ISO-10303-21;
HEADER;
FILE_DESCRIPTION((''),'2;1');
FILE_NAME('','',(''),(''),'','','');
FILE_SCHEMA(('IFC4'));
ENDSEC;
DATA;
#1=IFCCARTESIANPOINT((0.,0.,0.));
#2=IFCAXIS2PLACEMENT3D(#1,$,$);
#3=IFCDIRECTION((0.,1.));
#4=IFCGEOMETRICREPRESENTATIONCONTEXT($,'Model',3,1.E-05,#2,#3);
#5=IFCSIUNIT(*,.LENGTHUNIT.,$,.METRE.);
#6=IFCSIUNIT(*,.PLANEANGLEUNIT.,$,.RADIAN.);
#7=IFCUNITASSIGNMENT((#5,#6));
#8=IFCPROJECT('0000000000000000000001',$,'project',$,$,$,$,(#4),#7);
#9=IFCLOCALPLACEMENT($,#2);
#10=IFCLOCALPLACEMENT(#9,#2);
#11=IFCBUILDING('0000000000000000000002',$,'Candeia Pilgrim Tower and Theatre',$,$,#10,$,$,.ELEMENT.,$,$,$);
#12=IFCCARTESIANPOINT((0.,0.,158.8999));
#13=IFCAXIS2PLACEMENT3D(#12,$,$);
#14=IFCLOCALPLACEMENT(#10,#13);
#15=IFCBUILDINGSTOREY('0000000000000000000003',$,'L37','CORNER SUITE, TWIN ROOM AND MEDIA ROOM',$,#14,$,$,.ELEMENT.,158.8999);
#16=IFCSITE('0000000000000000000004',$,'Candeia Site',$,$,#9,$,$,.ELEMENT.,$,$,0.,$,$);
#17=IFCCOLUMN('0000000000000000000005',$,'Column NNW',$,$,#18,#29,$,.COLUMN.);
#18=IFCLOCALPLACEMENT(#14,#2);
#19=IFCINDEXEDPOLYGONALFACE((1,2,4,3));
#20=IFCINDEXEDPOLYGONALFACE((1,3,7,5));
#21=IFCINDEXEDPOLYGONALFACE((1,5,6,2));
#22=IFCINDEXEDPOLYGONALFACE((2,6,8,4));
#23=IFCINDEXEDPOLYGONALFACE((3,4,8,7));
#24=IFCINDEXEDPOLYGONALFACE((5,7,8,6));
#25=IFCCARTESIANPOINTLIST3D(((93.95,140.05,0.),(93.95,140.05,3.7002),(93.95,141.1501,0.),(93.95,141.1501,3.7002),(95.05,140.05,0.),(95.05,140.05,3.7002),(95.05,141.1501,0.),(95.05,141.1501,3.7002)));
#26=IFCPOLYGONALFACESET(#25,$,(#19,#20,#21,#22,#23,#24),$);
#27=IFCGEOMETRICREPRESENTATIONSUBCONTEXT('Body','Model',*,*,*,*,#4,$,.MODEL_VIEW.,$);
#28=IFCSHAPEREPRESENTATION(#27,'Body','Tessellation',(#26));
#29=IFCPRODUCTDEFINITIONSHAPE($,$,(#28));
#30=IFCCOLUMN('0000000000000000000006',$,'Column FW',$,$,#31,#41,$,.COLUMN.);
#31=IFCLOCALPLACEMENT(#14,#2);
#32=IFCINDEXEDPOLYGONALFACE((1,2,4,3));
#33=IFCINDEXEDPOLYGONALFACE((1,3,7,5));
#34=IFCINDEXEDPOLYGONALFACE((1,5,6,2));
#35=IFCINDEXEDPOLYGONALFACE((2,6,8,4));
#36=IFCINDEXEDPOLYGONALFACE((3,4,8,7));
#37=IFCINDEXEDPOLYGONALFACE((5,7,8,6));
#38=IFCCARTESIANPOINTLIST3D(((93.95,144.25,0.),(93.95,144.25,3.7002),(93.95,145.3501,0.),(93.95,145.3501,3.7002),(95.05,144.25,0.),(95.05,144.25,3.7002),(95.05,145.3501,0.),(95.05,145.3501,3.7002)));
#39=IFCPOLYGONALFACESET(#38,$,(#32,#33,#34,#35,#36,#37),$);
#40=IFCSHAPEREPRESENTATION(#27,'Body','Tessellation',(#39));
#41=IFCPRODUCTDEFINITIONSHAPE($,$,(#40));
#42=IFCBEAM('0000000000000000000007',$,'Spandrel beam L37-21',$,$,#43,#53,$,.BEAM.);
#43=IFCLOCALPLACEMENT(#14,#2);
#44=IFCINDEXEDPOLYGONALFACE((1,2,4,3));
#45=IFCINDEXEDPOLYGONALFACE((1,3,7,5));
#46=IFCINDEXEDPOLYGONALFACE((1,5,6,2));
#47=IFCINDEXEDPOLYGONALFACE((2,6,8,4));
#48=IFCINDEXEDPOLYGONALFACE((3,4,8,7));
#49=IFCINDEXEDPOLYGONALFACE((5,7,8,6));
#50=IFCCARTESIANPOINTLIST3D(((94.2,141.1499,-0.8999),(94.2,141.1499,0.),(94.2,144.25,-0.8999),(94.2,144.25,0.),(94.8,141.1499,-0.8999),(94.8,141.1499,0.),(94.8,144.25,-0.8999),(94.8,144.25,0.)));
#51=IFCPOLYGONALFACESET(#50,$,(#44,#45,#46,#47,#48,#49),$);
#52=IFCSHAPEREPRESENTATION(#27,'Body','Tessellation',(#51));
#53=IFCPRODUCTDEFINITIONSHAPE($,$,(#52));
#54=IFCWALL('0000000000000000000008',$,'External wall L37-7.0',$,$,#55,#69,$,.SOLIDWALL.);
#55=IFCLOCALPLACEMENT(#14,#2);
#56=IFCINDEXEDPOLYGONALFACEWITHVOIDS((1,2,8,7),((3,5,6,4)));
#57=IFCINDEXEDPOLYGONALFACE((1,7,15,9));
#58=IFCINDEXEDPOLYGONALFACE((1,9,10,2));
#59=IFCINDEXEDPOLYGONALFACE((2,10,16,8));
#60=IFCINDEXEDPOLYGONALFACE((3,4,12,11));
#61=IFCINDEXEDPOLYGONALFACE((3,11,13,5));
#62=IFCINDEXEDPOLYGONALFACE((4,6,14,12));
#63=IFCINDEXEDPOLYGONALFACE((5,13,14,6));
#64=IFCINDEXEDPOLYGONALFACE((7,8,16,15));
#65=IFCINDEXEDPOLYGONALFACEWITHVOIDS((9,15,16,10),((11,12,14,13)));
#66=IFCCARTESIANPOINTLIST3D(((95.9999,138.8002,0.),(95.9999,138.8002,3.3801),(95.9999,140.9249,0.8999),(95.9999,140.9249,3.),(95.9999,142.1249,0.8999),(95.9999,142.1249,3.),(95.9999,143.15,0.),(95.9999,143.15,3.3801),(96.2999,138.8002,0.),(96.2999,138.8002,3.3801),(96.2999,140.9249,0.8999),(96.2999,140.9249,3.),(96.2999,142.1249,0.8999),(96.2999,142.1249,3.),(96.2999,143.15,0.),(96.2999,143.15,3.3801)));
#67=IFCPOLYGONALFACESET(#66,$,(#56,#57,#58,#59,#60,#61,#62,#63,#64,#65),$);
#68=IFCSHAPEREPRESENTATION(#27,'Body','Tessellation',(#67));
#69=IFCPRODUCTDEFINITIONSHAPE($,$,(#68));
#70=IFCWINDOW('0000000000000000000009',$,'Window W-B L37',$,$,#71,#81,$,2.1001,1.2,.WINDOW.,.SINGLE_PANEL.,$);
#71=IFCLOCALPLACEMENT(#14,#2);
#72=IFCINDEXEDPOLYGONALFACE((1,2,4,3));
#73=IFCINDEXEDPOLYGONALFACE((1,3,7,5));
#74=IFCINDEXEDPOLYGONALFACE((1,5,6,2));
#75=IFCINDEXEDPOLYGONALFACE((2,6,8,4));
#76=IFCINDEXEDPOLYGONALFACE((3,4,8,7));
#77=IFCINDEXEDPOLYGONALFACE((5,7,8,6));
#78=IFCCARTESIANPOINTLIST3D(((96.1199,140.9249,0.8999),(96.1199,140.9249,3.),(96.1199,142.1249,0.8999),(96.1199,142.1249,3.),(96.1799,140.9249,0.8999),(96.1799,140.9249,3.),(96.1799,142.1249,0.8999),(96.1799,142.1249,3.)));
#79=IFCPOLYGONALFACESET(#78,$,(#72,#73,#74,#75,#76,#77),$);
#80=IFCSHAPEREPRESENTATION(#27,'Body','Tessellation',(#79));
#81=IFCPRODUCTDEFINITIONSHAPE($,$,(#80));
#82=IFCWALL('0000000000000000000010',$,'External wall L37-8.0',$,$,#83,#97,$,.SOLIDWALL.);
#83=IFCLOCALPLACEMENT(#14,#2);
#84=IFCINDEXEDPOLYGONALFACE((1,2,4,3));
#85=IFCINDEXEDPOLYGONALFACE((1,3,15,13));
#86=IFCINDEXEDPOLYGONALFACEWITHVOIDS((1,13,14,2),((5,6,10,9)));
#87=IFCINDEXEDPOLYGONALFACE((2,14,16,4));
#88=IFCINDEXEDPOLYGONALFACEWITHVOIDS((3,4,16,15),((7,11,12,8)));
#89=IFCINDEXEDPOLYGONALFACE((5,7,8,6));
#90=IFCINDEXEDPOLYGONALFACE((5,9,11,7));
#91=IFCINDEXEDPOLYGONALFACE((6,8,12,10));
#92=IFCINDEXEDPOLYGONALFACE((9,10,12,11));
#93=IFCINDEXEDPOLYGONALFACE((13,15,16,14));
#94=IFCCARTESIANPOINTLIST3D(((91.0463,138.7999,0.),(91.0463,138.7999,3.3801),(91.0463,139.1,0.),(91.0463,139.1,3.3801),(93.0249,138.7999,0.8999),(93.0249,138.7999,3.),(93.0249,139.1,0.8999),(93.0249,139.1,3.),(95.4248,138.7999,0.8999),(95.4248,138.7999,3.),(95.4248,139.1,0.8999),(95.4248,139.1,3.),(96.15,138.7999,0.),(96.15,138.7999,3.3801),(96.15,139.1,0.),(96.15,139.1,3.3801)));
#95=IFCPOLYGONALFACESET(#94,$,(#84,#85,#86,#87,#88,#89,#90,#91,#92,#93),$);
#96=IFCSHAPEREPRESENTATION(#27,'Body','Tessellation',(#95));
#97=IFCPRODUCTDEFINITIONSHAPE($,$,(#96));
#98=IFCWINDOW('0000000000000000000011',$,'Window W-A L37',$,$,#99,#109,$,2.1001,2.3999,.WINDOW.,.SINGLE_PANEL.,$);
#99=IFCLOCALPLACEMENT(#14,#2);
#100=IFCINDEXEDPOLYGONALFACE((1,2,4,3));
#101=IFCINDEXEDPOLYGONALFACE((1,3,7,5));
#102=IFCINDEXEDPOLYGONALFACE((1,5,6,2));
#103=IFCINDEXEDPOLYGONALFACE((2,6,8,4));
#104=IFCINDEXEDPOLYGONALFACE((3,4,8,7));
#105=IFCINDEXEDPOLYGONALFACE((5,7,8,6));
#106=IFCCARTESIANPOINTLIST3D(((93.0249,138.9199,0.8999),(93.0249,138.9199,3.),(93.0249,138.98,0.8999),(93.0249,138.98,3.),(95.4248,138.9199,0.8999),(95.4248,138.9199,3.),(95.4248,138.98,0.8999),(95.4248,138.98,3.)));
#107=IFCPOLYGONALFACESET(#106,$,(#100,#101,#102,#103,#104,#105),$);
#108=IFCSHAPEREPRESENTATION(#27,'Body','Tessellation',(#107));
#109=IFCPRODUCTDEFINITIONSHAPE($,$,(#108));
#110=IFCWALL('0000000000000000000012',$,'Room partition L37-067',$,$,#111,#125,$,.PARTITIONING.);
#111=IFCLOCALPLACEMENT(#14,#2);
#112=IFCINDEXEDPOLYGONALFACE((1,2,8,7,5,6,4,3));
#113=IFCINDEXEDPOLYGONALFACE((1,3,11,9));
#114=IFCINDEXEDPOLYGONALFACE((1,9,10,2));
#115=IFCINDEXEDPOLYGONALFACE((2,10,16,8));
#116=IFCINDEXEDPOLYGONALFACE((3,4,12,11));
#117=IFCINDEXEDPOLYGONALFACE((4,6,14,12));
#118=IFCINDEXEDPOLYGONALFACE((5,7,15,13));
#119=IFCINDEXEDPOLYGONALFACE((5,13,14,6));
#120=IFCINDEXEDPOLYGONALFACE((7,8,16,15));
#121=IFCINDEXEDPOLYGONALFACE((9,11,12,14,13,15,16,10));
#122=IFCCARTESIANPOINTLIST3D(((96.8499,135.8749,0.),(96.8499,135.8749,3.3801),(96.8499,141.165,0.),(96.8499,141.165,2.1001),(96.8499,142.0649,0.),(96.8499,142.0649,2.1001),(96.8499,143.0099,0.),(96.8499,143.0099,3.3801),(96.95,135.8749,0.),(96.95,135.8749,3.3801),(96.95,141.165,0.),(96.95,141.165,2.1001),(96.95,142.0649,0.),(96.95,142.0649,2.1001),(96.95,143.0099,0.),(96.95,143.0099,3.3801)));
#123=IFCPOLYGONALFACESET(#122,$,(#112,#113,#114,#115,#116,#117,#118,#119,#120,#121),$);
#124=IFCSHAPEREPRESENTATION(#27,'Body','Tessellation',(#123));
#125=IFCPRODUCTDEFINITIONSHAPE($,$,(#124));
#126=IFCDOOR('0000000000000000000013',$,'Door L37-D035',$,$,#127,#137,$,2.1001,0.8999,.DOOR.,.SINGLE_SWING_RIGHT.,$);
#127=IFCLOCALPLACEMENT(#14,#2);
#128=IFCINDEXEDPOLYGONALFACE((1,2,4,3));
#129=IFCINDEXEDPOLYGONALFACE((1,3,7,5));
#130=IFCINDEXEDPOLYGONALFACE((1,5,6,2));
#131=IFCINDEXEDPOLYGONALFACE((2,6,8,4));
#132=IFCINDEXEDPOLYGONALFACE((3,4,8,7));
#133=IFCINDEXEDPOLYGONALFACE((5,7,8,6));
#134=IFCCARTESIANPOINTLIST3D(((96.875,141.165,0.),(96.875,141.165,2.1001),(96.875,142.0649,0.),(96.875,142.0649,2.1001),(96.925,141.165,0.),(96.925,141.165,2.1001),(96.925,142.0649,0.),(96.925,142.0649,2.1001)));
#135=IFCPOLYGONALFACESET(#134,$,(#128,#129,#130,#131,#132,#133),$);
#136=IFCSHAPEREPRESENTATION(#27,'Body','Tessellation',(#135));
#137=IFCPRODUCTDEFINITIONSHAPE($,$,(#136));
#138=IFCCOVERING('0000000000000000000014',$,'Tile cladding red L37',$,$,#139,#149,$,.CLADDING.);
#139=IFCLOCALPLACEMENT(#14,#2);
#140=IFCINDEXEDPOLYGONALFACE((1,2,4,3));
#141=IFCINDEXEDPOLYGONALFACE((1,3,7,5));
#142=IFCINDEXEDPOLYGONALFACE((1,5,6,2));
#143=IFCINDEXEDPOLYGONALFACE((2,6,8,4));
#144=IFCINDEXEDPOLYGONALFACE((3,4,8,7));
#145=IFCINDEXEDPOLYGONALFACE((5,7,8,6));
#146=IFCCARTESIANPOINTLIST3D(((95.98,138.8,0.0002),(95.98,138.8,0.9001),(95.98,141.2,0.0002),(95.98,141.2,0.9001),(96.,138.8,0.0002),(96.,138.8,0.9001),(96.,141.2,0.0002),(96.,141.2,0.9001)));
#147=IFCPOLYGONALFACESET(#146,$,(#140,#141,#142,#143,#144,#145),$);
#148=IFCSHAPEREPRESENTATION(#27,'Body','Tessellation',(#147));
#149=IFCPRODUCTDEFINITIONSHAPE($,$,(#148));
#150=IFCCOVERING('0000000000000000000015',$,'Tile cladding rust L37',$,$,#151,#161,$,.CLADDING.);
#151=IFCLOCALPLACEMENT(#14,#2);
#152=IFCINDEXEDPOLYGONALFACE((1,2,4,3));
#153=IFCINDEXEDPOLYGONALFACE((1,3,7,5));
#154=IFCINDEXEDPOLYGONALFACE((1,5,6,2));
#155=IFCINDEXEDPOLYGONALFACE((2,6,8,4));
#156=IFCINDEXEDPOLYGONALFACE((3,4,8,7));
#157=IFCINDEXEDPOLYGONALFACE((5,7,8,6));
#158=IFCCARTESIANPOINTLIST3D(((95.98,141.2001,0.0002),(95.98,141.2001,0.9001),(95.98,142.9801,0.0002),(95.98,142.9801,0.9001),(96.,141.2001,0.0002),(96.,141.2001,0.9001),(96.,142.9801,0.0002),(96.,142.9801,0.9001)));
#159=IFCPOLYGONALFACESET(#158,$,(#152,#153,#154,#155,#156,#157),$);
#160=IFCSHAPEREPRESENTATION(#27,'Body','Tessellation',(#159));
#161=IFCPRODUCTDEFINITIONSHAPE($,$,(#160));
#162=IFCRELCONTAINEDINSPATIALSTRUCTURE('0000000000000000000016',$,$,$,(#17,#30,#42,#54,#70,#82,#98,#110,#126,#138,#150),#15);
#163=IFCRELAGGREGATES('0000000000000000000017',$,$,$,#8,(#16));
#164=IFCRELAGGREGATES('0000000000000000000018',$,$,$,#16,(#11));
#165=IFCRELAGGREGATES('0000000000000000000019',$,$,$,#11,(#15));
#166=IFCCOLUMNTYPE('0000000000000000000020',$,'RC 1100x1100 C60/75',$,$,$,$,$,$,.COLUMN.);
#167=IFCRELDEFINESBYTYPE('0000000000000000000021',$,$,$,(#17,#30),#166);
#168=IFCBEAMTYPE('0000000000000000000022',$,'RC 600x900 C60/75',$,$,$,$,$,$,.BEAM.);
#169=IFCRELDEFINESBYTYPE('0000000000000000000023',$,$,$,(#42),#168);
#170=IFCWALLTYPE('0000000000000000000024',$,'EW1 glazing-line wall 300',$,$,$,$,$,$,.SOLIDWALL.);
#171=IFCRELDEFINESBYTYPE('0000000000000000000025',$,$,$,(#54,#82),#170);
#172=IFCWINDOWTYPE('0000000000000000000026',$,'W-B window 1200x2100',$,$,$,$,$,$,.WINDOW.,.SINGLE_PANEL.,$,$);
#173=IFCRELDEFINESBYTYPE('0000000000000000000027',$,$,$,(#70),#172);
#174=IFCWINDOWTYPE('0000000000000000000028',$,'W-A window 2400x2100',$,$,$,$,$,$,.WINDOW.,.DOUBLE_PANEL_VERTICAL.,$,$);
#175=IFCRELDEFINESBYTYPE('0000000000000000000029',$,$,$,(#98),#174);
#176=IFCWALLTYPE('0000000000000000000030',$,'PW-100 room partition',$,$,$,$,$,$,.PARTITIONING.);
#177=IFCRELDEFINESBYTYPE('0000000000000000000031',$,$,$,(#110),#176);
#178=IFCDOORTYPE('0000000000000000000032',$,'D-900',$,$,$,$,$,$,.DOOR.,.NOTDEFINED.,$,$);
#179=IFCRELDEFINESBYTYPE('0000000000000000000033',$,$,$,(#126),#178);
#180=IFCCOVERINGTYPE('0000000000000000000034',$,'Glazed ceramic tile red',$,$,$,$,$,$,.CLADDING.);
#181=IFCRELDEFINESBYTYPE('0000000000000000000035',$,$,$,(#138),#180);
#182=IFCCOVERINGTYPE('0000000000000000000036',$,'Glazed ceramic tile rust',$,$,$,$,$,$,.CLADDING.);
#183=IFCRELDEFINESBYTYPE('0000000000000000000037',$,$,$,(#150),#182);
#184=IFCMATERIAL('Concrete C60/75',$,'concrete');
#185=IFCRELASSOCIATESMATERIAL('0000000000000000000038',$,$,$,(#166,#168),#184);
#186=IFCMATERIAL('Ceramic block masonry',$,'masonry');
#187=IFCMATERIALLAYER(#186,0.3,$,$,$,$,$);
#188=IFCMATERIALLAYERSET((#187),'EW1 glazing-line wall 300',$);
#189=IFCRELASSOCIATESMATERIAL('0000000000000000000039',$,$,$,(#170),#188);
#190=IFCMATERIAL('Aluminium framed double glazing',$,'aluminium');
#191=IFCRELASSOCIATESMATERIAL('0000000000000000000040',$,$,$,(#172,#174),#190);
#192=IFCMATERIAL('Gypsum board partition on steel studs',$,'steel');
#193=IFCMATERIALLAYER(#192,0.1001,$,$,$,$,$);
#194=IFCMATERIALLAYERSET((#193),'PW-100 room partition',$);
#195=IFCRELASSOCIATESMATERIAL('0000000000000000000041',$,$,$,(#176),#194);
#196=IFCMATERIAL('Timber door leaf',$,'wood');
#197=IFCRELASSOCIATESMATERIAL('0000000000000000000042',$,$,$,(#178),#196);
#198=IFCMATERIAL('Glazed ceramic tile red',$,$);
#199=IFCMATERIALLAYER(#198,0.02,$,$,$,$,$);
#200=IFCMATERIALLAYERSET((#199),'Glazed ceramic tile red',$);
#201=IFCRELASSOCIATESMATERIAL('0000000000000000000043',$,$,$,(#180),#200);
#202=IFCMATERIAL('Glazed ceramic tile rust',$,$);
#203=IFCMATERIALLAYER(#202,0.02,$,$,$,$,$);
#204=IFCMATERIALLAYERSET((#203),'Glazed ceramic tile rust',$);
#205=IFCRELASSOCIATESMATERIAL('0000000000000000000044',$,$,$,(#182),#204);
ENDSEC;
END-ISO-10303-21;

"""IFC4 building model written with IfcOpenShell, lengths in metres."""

from ifc_helpers import new_model, si_unit, direction, frame, frame_2d, origin, origin_2d, place, context, subcontext, project, spatial, rectangle, extrude, material, layer, layer_set, material_profile, profile_set, type_object, element, fill, save


model = new_model("IFC4")

# Units and contexts
model_context = context("Model", 3, precision=1e-05, world=origin(), true_north=direction((0.0, 1.0)))
body_context = subcontext(model_context, "Body", "Model", "MODEL_VIEW")
ifc_project = project(units=[si_unit("LENGTHUNIT", "METRE"), si_unit("PLANEANGLEUNIT", "RADIAN")], contexts=[model_context])

# Site, building, storey
site_placement = place(None, origin())
site = spatial("IfcSite", under=ifc_project, at=site_placement, Name="Candeia Site", CompositionType="ELEMENT", RefElevation=0.0)
building_placement = place(site_placement, origin())
building = spatial("IfcBuilding", under=site, at=building_placement, Name="Candeia Pilgrim Tower and Theatre", CompositionType="ELEMENT")
storey_placement = place(building_placement, frame((0.0, 0.0, 158.8999)))
storey = spatial("IfcBuildingStorey", under=building, at=storey_placement, Name="L37", Description="CORNER SUITE, TWIN ROOM AND MEDIA ROOM", CompositionType="ELEMENT", Elevation=158.8999)

# Columns
ifc_material_1 = material(Name="Concrete C60/75", Category="concrete")
ifc_material_profile_1 = material_profile(ifc_material_1, rectangle(XDim=1.1001, YDim=1.1001, at=origin_2d()))
ifc_profile_set_1 = profile_set([ifc_material_profile_1], Name="Concrete C60/75")
column_type = type_object("IfcColumnType", Name="RC 1100x1100 C60/75", PredefinedType="COLUMN", material=ifc_profile_set_1)
for number, where, z_axis, x_axis, name in (
    (1, (94.5, 140.6001, 0.0), (0.0, 0.0, 1.0), (1.0, 0.0, 0.0), "Column NNW"),
    (2, (94.5, 144.8, 0.0), (0.0, 0.0, 1.0), (1.0, 0.0, 0.0), "Column FW"),
):
    element("IfcColumn", number, at=place(storey_placement, frame(where, z_axis=z_axis, x_axis=x_axis)), inside=storey, type_object=column_type, Name=name, PredefinedType="COLUMN", context=body_context, shape_type="SweptSolid", body=[
        extrude(rectangle(XDim=1.1001, YDim=1.1001, at=origin_2d()), origin(), (0.0, 0.0, 1.0), 3.7002),
    ])

# Beam
ifc_material_profile_2 = material_profile(ifc_material_1, rectangle(XDim=0.6001, YDim=0.8999, at=origin_2d()))
ifc_profile_set_2 = profile_set([ifc_material_profile_2], Name="Concrete C60/75")
beam_type = type_object("IfcBeamType", Name="RC 600x900 C60/75", PredefinedType="BEAM", material=ifc_profile_set_2)
beam_placement = place(storey_placement, frame((94.5, 144.25, -0.45), z_axis=(0.0, -1.0, 0.0), x_axis=(1.0, 0.0, 0.0)))
element("IfcBeam", 3, at=beam_placement, inside=storey, type_object=beam_type, Name="Spandrel beam L37-21", PredefinedType="BEAM", context=body_context, shape_type="SweptSolid", body=[
    extrude(rectangle(XDim=0.6001, YDim=0.8999, at=origin_2d()), origin(), (0.0, 0.0, 1.0), 3.1001),
])

# Walls, openings, windows
ifc_material_2 = material(Name="Ceramic block masonry", Category="masonry")
ifc_layer_1 = layer(ifc_material_2, 0.3)
ifc_layer_set_1 = layer_set([ifc_layer_1], Name="EW1 glazing-line wall 300")
wall_type_1 = type_object("IfcWallType", Name="EW1 glazing-line wall 300", PredefinedType="SOLIDWALL", material=ifc_layer_set_1)
wall_1_placement = place(storey_placement, frame((96.1499, 143.1499, 0.0), z_axis=(0.0, 0.0, 1.0), x_axis=(0.0, -1.0, 0.0)))
wall_1 = element("IfcWall", 4, at=wall_1_placement, inside=storey, type_object=wall_type_1, Name="External wall L37-7.0", PredefinedType="SOLIDWALL", context=body_context, shape_type="SweptSolid", body=[
    extrude(rectangle(XDim=4.3499, YDim=0.3, at=frame_2d((2.1748, 0.0))), origin(), (0.0, 0.0, 1.0), 3.3801),
])
opening_1_placement = place(wall_1_placement, frame((1.0249, 0.0, 0.8999)))
opening_1 = element("IfcOpeningElement", 5, at=opening_1_placement, cuts=wall_1, PredefinedType="OPENING", context=body_context, shape_type="SweptSolid", body=[
    extrude(rectangle(XDim=1.2, YDim=2.1001, at=frame_2d((0.6001, 1.05))), frame((0.0, 0.1602, 0.0), z_axis=(0.0, -1.0, 0.0), x_axis=(1.0, 0.0, 0.0)), (0.0, 0.0, 1.0), 0.3201),
])
ifc_material_3 = material(Name="Aluminium framed double glazing", Category="aluminium")
window_type_1 = type_object("IfcWindowType", Name="W-B window 1200x2100", PartitioningType="SINGLE_PANEL", PredefinedType="WINDOW", material=ifc_material_3)
window_1_placement = place(opening_1_placement, origin())
window_1 = element("IfcWindow", 6, at=window_1_placement, inside=storey, type_object=window_type_1, Name="Window W-B L37", OverallHeight=2.1001, OverallWidth=1.2, PartitioningType="SINGLE_PANEL", PredefinedType="WINDOW", context=body_context, shape_type="SweptSolid", body=[
    extrude(rectangle(XDim=1.2, YDim=2.1001, at=frame_2d((0.6001, 1.05))), frame((0.0, 0.03, 0.0), z_axis=(0.0, -1.0, 0.0), x_axis=(1.0, 0.0, 0.0)), (0.0, 0.0, 1.0), 0.0601),
])
fill(opening_1, window_1)
wall_2_placement = place(storey_placement, frame((96.1499, 138.95, 0.0), z_axis=(0.0, 0.0, 1.0), x_axis=(-1.0, 0.0, 0.0)))
wall_2 = element("IfcWall", 7, at=wall_2_placement, inside=storey, type_object=wall_type_1, Name="External wall L37-8.0", PredefinedType="SOLIDWALL", context=body_context, shape_type="SweptSolid", body=[
    extrude(rectangle(XDim=5.1038, YDim=0.3, at=frame_2d((2.5518, 0.0))), origin(), (0.0, 0.0, 1.0), 3.3801),
])
opening_2_placement = place(wall_2_placement, frame((0.7251, 0.0, 0.8999)))
opening_2 = element("IfcOpeningElement", 8, at=opening_2_placement, cuts=wall_2, PredefinedType="OPENING", context=body_context, shape_type="SweptSolid", body=[
    extrude(rectangle(XDim=2.3999, YDim=2.1001, at=frame_2d((1.2, 1.05))), frame((0.0, 0.1602, 0.0), z_axis=(0.0, -1.0, 0.0), x_axis=(1.0, 0.0, 0.0)), (0.0, 0.0, 1.0), 0.3201),
])
window_type_2 = type_object("IfcWindowType", Name="W-A window 2400x2100", PartitioningType="DOUBLE_PANEL_VERTICAL", PredefinedType="WINDOW", material=ifc_material_3)
window_2_placement = place(opening_2_placement, origin())
window_2 = element("IfcWindow", 9, at=window_2_placement, inside=storey, type_object=window_type_2, Name="Window W-A L37", OverallHeight=2.1001, OverallWidth=2.3999, PartitioningType="SINGLE_PANEL", PredefinedType="WINDOW", context=body_context, shape_type="SweptSolid", body=[
    extrude(rectangle(XDim=2.3999, YDim=2.1001, at=frame_2d((1.2, 1.05))), frame((0.0, 0.03, 0.0), z_axis=(0.0, -1.0, 0.0), x_axis=(1.0, 0.0, 0.0)), (0.0, 0.0, 1.0), 0.0601),
])
fill(opening_2, window_2)

# Wall, opening, door
ifc_material_4 = material(Name="Gypsum board partition on steel studs", Category="steel")
ifc_layer_2 = layer(ifc_material_4, 0.1001)
ifc_layer_set_2 = layer_set([ifc_layer_2], Name="PW-100 room partition")
wall_type_2 = type_object("IfcWallType", Name="PW-100 room partition", PredefinedType="PARTITIONING", material=ifc_layer_set_2)
wall_3_placement = place(storey_placement, frame((96.8999, 135.875, 0.0), z_axis=(0.0, 0.0, 1.0), x_axis=(0.0, 1.0, 0.0)))
wall_3 = element("IfcWall", 10, at=wall_3_placement, inside=storey, type_object=wall_type_2, Name="Room partition L37-067", PredefinedType="PARTITIONING", context=body_context, shape_type="SweptSolid", body=[
    extrude(rectangle(XDim=7.135, YDim=0.1001, at=frame_2d((3.5674, 0.0))), origin(), (0.0, 0.0, 1.0), 3.3801),
])
opening_3_placement = place(wall_3_placement, frame((5.29, 0.0, 0.0)))
opening_3 = element("IfcOpeningElement", 11, at=opening_3_placement, cuts=wall_3, PredefinedType="OPENING", context=body_context, shape_type="SweptSolid", body=[
    extrude(rectangle(XDim=0.8999, YDim=2.1001, at=frame_2d((0.45, 1.05))), frame((0.0, 0.0601, 0.0), z_axis=(0.0, -1.0, 0.0), x_axis=(1.0, 0.0, 0.0)), (0.0, 0.0, 1.0), 0.1201),
])
ifc_material_5 = material(Name="Timber door leaf", Category="wood")
door_type = type_object("IfcDoorType", Name="D-900", OperationType="NOTDEFINED", PredefinedType="DOOR", material=ifc_material_5)
door_placement = place(opening_3_placement, origin())
door = element("IfcDoor", 12, at=door_placement, inside=storey, type_object=door_type, Name="Door L37-D035", OperationType="SINGLE_SWING_RIGHT", OverallHeight=2.1001, OverallWidth=0.8999, PredefinedType="DOOR", context=body_context, shape_type="SweptSolid", body=[
    extrude(rectangle(XDim=0.8999, YDim=2.1001, at=frame_2d((0.45, 1.05))), frame((0.0, 0.0249, 0.0), z_axis=(0.0, -1.0, 0.0), x_axis=(1.0, 0.0, 0.0)), (0.0, 0.0, 1.0), 0.05),
])
fill(opening_3, door)

# Coverings
ifc_material_6 = material(Name="Glazed ceramic tile red")
ifc_layer_3 = layer(ifc_material_6, 0.02)
ifc_layer_set_3 = layer_set([ifc_layer_3], Name="Glazed ceramic tile red")
covering_type_1 = type_object("IfcCoveringType", Name="Glazed ceramic tile red", PredefinedType="CLADDING", material=ifc_layer_set_3)
covering_1_placement = place(storey_placement, frame((95.99, 140.0, 0.0002), z_axis=(0.0, 0.0, 1.0), x_axis=(0.0, -1.0, 0.0)))
element("IfcCovering", 13, at=covering_1_placement, inside=storey, type_object=covering_type_1, Name="Tile cladding red L37", PredefinedType="CLADDING", context=body_context, shape_type="SweptSolid", body=[
    extrude(rectangle(XDim=2.3999, YDim=0.02, at=origin_2d()), origin(), (0.0, 0.0, 1.0), 0.8999),
])
ifc_material_7 = material(Name="Glazed ceramic tile rust")
ifc_layer_4 = layer(ifc_material_7, 0.02)
ifc_layer_set_4 = layer_set([ifc_layer_4], Name="Glazed ceramic tile rust")
covering_type_2 = type_object("IfcCoveringType", Name="Glazed ceramic tile rust", PredefinedType="CLADDING", material=ifc_layer_set_4)
covering_2_placement = place(storey_placement, frame((95.99, 142.0901, 0.0002), z_axis=(0.0, 0.0, 1.0), x_axis=(0.0, -1.0, 0.0)))
element("IfcCovering", 14, at=covering_2_placement, inside=storey, type_object=covering_type_2, Name="Tile cladding rust L37", PredefinedType="CLADDING", context=body_context, shape_type="SweptSolid", body=[
    extrude(rectangle(XDim=1.78, YDim=0.02, at=origin_2d()), origin(), (0.0, 0.0, 1.0), 0.8999),
])

save(model, "model.ifc")
